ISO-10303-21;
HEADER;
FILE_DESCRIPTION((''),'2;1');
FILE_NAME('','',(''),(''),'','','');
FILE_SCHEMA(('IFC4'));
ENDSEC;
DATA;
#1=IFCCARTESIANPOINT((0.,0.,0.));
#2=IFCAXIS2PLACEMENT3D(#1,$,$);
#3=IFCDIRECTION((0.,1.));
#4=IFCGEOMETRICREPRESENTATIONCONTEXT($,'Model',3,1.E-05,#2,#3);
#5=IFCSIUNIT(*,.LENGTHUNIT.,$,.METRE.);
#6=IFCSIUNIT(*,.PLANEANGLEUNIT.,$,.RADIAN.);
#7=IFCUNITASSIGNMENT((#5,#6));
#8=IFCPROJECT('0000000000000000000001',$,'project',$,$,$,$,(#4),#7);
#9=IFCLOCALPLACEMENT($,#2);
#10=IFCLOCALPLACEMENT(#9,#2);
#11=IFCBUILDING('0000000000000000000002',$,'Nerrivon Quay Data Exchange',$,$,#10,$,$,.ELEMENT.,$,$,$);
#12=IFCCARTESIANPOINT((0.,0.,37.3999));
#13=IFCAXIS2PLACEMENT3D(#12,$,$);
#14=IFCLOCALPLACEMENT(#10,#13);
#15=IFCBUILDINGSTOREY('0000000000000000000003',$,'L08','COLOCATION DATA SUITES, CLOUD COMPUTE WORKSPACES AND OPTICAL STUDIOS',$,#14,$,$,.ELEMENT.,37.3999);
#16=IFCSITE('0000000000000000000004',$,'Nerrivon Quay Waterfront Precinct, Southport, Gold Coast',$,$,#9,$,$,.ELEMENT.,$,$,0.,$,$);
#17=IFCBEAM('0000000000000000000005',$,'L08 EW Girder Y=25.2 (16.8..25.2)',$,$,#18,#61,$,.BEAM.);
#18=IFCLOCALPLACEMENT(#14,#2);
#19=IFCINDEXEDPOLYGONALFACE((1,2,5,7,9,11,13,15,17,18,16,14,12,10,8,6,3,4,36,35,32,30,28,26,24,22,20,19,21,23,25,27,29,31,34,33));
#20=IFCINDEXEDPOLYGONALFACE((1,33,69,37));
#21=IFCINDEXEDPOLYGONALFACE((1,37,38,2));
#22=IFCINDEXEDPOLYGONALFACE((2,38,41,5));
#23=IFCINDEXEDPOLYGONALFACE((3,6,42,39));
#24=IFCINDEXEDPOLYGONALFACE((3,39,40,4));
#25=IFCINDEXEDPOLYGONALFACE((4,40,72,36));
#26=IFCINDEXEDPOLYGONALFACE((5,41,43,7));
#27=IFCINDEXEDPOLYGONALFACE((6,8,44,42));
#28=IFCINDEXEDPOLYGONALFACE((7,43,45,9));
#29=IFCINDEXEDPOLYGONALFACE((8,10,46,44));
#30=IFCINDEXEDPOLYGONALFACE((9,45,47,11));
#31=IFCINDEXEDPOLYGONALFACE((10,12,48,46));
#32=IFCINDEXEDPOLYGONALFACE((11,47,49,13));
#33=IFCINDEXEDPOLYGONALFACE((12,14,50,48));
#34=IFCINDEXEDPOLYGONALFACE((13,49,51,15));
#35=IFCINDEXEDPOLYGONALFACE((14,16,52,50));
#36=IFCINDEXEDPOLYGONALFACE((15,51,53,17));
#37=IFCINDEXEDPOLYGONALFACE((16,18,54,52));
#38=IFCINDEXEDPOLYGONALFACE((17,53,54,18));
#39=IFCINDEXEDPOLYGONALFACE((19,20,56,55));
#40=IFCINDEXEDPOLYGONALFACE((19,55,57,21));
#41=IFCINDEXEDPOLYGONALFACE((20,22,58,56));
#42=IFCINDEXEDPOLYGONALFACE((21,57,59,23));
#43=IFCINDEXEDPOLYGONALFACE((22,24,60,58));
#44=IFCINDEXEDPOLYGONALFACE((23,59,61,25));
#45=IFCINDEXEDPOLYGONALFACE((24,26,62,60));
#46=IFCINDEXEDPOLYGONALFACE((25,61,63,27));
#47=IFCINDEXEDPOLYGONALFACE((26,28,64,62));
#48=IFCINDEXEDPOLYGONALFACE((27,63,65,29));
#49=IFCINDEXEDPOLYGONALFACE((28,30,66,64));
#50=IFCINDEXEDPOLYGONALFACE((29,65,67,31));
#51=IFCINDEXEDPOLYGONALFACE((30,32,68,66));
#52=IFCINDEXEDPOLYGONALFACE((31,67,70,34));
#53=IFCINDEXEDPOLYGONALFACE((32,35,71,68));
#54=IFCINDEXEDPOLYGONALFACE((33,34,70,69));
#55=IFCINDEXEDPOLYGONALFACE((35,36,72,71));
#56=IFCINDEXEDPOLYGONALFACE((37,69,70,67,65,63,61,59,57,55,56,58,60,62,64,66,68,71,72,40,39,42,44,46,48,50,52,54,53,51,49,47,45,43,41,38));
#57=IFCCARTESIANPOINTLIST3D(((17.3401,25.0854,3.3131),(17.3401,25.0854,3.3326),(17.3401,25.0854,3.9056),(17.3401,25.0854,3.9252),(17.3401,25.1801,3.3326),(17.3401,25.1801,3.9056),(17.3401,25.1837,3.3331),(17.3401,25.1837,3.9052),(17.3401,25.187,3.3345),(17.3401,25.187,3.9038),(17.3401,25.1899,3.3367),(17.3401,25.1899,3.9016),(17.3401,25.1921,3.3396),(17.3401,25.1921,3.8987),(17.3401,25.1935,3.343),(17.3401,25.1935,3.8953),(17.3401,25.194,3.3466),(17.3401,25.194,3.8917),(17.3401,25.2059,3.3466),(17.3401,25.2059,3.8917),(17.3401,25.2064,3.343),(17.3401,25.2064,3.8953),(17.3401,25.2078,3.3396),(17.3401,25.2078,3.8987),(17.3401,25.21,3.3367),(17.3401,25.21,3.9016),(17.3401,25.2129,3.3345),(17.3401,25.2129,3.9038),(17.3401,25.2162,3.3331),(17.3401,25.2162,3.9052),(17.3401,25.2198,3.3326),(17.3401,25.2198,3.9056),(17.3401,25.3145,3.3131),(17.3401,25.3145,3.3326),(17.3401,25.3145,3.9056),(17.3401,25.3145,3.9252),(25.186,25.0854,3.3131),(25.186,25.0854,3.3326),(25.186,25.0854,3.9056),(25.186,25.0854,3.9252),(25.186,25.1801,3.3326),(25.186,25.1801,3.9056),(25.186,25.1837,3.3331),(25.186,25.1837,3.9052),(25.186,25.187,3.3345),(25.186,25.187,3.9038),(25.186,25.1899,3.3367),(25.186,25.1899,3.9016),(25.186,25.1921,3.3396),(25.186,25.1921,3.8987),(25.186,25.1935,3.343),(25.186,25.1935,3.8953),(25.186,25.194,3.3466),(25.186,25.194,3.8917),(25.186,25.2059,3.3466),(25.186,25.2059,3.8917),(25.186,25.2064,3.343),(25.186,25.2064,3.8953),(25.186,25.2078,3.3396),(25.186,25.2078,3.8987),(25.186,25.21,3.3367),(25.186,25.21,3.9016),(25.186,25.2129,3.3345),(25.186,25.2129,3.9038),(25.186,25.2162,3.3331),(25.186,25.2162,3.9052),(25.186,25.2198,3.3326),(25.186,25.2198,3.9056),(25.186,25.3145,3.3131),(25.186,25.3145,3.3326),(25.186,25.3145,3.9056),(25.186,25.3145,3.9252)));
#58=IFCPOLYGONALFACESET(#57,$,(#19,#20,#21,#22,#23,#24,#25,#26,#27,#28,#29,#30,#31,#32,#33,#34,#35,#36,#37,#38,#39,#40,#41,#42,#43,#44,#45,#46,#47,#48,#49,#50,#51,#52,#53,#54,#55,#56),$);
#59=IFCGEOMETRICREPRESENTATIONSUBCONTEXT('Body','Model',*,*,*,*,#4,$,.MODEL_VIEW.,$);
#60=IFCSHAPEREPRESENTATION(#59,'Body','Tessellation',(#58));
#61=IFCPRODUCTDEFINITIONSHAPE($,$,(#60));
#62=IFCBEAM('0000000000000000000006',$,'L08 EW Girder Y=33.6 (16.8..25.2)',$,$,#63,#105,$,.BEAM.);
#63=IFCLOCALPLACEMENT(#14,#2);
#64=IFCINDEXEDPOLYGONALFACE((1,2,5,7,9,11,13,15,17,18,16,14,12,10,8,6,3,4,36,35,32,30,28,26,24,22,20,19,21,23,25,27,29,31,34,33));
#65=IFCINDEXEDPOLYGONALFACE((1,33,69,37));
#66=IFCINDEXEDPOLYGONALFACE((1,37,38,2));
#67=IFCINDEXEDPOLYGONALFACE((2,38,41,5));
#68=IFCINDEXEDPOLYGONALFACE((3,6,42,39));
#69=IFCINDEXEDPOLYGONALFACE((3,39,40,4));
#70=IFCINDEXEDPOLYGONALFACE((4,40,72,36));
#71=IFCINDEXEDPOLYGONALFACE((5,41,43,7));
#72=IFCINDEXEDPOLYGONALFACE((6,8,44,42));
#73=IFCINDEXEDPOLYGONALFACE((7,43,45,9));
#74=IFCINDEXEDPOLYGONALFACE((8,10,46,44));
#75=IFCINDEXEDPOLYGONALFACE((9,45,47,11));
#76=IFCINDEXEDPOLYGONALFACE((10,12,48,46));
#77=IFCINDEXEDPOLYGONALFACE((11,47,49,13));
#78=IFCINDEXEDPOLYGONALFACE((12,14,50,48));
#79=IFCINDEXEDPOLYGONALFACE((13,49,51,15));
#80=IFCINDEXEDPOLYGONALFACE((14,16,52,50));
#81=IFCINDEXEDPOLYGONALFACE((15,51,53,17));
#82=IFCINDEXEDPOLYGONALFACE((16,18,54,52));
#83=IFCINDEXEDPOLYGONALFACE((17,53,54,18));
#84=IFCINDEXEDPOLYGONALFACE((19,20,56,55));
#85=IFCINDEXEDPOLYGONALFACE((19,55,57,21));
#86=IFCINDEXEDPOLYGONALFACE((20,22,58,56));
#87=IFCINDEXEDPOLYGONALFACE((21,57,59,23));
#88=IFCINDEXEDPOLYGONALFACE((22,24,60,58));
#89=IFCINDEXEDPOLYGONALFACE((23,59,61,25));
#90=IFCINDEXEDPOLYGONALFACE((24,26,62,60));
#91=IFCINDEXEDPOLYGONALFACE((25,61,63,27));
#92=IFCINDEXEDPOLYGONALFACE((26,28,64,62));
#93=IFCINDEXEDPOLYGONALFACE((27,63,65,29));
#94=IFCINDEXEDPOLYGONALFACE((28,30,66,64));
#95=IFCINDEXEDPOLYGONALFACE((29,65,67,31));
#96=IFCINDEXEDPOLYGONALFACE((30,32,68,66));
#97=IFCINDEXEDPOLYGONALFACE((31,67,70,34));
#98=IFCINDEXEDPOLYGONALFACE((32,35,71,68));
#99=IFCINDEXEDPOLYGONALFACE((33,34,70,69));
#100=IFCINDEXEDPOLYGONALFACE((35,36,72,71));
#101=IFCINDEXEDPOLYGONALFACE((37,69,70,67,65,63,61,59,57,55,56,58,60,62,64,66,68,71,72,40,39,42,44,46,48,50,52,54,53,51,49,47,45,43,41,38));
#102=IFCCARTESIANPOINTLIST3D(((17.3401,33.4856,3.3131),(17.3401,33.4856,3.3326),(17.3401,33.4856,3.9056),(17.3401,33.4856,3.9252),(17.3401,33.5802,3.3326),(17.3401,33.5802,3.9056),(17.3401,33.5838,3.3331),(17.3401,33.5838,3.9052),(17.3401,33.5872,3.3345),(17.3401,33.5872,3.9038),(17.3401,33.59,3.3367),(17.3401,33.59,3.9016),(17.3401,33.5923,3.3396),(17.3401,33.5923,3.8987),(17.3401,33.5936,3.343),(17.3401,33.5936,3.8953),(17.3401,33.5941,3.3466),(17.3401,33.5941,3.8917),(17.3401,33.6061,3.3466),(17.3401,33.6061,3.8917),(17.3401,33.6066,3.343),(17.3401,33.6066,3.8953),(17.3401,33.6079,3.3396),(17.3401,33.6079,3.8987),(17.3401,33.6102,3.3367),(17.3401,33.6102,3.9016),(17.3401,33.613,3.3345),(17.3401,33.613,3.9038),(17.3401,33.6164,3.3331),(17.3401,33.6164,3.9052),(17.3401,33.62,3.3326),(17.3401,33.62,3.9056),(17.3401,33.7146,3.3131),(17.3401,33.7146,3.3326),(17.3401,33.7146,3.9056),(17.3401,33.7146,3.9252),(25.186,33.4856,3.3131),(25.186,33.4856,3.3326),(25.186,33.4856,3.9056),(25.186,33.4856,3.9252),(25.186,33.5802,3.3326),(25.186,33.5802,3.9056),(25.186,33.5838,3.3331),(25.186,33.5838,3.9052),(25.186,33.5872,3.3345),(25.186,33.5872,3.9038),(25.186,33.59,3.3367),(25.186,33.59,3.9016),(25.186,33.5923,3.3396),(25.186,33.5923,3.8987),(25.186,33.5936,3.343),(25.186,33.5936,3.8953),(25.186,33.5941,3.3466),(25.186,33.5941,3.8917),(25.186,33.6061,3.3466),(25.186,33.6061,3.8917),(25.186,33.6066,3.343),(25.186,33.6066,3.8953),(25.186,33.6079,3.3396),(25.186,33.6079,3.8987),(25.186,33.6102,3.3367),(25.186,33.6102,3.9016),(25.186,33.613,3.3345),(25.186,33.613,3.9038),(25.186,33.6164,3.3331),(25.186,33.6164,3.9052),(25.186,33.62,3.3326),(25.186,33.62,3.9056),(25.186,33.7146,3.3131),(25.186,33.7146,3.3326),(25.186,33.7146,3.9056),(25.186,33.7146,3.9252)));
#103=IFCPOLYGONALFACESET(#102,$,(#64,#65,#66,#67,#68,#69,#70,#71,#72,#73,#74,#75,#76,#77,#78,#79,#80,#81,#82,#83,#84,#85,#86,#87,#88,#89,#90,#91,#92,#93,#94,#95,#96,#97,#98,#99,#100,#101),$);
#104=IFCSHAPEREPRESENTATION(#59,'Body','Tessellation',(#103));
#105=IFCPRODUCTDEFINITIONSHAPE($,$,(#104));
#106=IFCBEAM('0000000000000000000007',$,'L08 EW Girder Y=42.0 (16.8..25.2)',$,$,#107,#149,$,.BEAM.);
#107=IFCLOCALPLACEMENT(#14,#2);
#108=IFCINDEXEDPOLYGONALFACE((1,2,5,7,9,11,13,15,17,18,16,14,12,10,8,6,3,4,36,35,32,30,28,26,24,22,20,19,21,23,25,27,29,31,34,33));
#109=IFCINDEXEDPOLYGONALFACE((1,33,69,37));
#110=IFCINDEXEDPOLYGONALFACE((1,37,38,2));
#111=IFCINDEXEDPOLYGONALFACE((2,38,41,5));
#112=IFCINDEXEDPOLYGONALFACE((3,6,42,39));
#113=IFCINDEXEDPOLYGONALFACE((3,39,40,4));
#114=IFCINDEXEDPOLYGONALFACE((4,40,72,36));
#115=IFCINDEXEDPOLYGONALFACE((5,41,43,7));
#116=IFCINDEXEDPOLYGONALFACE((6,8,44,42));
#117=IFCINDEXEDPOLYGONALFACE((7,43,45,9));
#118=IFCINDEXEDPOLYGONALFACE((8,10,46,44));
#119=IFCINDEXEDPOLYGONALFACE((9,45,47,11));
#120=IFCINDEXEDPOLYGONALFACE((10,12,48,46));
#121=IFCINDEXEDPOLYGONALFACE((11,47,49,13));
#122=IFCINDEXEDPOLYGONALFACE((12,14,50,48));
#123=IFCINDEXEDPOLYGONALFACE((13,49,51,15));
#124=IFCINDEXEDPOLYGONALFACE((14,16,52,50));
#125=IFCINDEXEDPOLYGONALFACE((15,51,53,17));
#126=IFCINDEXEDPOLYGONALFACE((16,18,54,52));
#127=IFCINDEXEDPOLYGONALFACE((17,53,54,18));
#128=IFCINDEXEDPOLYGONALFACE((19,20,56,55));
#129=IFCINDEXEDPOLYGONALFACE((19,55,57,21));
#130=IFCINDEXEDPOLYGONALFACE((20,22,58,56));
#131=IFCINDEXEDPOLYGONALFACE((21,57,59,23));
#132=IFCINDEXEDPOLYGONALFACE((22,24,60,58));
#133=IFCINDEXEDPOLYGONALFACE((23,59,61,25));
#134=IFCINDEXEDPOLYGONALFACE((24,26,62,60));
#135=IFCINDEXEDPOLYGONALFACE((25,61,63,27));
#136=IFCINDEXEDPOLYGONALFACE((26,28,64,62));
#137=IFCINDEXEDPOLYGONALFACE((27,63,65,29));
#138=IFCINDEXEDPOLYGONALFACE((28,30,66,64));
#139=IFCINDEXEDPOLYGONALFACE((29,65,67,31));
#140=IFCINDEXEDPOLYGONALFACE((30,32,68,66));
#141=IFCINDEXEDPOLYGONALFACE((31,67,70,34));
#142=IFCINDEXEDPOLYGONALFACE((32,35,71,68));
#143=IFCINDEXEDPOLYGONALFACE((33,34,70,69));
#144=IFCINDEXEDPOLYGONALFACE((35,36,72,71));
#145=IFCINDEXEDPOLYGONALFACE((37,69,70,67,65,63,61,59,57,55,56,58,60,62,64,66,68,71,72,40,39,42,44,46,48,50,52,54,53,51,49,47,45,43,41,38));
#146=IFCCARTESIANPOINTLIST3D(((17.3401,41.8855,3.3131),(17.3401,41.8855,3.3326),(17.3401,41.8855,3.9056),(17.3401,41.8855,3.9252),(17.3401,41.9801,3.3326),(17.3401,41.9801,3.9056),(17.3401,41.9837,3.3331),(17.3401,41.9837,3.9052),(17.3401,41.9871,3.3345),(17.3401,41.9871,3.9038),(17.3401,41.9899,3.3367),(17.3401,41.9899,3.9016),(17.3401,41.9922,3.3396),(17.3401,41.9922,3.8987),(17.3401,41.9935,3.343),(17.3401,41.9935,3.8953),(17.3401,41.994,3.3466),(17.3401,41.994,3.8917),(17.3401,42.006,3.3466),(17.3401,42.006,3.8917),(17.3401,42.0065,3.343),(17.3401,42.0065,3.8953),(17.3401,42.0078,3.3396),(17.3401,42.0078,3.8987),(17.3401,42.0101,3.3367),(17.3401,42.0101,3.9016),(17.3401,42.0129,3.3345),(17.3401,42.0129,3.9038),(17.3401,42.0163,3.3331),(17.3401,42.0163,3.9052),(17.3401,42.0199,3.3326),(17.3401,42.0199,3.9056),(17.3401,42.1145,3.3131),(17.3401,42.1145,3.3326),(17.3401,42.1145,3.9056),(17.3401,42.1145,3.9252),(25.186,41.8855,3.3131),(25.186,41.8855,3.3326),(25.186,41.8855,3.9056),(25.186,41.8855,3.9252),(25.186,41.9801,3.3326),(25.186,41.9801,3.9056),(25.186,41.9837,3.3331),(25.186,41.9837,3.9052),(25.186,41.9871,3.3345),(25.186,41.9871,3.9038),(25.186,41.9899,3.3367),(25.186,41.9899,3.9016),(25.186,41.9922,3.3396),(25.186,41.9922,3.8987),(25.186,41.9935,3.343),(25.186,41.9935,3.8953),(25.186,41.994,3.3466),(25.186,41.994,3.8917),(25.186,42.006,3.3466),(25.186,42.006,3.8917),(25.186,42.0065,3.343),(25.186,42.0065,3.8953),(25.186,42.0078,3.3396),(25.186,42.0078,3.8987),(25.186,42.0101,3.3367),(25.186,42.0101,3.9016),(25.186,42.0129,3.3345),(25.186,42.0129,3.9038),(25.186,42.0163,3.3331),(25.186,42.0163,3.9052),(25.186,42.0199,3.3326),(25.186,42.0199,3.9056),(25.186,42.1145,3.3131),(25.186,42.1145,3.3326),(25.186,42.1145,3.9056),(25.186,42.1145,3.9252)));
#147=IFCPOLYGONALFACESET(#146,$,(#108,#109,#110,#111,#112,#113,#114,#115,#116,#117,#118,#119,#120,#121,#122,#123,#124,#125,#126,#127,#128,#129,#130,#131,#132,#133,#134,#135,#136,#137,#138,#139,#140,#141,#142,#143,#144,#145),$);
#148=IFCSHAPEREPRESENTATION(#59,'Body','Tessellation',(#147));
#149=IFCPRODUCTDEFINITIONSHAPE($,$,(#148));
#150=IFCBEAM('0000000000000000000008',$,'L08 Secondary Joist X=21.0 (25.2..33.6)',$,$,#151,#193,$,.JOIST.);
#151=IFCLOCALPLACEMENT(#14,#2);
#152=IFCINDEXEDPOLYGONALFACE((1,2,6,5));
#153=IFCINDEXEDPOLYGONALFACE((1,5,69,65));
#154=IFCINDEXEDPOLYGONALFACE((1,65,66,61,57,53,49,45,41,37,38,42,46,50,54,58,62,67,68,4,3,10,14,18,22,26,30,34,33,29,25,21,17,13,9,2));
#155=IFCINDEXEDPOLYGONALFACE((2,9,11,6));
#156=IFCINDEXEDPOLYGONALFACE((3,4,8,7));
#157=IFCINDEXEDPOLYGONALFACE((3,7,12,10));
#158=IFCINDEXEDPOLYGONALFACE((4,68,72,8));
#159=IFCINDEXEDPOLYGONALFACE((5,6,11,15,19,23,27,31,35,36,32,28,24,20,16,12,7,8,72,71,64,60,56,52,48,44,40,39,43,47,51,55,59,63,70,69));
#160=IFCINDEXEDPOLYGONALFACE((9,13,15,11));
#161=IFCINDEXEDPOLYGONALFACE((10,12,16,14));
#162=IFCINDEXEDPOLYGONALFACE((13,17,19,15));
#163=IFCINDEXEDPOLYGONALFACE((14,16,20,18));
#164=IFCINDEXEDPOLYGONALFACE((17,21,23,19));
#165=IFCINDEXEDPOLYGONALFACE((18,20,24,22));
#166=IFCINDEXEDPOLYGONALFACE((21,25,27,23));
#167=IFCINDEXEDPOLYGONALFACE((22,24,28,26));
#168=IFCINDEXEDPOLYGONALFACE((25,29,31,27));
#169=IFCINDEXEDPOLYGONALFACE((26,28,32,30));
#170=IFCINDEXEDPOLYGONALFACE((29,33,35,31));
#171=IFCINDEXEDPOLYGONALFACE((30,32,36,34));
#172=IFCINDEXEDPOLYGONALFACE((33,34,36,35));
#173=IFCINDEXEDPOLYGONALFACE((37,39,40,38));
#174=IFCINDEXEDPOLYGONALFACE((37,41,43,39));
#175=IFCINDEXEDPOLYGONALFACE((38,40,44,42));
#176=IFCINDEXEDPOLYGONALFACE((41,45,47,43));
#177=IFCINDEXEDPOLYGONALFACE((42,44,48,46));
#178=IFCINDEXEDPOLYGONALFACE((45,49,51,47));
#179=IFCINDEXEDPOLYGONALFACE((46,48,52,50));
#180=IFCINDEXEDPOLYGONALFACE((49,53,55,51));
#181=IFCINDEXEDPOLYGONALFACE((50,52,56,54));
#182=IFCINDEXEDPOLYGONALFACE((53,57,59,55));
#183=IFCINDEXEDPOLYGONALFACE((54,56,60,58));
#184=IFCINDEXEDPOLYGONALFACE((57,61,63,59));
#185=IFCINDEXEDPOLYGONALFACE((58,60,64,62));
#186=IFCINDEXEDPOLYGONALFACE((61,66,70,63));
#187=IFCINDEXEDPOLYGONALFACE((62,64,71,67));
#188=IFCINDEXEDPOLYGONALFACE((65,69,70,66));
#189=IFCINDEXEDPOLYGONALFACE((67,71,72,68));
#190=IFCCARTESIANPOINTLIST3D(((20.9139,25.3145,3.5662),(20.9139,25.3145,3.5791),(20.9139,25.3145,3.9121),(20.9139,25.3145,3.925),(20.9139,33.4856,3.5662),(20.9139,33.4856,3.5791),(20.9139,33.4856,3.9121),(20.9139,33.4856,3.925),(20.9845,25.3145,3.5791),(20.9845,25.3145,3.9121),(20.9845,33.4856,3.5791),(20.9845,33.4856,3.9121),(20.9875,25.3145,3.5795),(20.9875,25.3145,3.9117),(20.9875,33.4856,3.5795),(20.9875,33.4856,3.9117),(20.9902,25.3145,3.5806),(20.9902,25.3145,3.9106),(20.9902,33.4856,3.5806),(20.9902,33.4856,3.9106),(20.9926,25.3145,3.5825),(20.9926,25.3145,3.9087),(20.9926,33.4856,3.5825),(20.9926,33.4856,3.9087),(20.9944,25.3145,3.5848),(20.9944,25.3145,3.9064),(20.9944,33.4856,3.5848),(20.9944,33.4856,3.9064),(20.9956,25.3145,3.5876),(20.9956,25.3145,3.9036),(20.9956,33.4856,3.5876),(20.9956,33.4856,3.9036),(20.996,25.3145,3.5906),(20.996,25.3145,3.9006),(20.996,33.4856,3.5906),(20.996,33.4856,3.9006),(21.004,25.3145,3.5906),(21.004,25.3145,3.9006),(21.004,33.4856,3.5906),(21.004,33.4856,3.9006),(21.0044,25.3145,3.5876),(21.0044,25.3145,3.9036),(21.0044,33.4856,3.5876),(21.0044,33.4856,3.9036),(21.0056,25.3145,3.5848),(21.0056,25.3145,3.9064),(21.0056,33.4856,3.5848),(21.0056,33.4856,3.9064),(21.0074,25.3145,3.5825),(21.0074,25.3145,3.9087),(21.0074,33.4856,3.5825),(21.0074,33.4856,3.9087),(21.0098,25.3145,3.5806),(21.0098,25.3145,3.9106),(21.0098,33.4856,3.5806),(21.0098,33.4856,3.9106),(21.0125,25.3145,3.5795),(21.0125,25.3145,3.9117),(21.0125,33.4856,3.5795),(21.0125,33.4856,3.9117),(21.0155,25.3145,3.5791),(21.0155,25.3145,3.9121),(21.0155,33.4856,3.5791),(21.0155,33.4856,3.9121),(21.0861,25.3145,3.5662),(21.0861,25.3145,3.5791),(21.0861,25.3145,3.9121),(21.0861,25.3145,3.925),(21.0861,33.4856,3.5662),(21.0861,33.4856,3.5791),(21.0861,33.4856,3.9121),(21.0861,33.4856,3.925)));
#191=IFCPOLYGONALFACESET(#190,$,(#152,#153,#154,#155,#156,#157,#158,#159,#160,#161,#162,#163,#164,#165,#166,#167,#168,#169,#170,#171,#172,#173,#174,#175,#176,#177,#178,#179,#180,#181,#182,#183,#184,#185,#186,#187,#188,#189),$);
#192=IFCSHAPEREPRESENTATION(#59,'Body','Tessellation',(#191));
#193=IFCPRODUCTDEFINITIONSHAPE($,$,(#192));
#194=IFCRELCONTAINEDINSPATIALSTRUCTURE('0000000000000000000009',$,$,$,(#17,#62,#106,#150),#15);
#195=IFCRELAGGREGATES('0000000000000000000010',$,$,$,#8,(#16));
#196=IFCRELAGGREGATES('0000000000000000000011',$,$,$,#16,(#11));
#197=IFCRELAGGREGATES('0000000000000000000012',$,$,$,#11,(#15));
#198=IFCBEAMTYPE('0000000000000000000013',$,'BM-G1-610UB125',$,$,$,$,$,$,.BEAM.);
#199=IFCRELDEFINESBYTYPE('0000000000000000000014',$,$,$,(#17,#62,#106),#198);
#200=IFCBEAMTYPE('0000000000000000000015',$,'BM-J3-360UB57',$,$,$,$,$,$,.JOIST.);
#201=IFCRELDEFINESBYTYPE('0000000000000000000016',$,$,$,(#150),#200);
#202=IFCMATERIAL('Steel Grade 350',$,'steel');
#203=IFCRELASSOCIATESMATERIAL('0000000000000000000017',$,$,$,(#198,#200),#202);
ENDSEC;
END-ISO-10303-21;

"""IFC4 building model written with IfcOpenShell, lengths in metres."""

from ifc_helpers import new_model, si_unit, direction, frame, origin, origin_2d, place, context, subcontext, project, spatial, i_section, extrude, material, material_profile, profile_set, type_object, element, save


model = new_model("IFC4")

# Units and contexts
model_context = context("Model", 3, precision=1e-05, world=origin(), true_north=direction((0.0, 1.0)))
body_context = subcontext(model_context, "Body", "Model", "MODEL_VIEW")
ifc_project = project(units=[si_unit("LENGTHUNIT", "METRE"), si_unit("PLANEANGLEUNIT", "RADIAN")], contexts=[model_context])

# Site, building, storey
site_placement = place(None, origin())
site = spatial("IfcSite", under=ifc_project, at=site_placement, Name="Nerrivon Quay Waterfront Precinct, Southport, Gold Coast", CompositionType="ELEMENT", RefElevation=0.0)
building_placement = place(site_placement, origin())
building = spatial("IfcBuilding", under=site, at=building_placement, Name="Nerrivon Quay Data Exchange", CompositionType="ELEMENT")
storey_placement = place(building_placement, frame((0.0, 0.0, 37.3999)))
storey = spatial("IfcBuildingStorey", under=building, at=storey_placement, Name="L08", Description="COLOCATION DATA SUITES, CLOUD COMPUTE WORKSPACES AND OPTICAL STUDIOS", CompositionType="ELEMENT", Elevation=37.3999)

# Beams
ifc_material_1 = material(Name="Steel Grade 350", Category="steel")
ifc_material_profile_1 = material_profile(ifc_material_1, i_section(OverallWidth=0.229, OverallDepth=0.6121, WebThickness=0.012, FlangeThickness=0.0195, FilletRadius=0.0139, at=origin_2d()), Name="610UB125")
ifc_profile_set_1 = profile_set([ifc_material_profile_1], Name="Steel Grade 350")
beam_type_1 = type_object("IfcBeamType", Name="BM-G1-610UB125", PredefinedType="BEAM", material=ifc_profile_set_1)
for number, where, z_axis, x_axis, name in (
    (1, (17.3401, 25.2, 3.6191), (1.0, 0.0, 0.0), (0.0, 1.0, 0.0), "L08 EW Girder Y=25.2 (16.8..25.2)"),
    (2, (17.3401, 33.6001, 3.6191), (1.0, 0.0, 0.0), (0.0, 1.0, 0.0), "L08 EW Girder Y=33.6 (16.8..25.2)"),
    (3, (17.3401, 42.0, 3.6191), (1.0, 0.0, 0.0), (0.0, 1.0, 0.0), "L08 EW Girder Y=42.0 (16.8..25.2)"),
):
    element("IfcBeam", number, at=place(storey_placement, frame(where, z_axis=z_axis, x_axis=x_axis)), inside=storey, type_object=beam_type_1, Name=name, PredefinedType="BEAM", context=body_context, shape_type="SweptSolid", body=[
        extrude(i_section(OverallWidth=0.229, OverallDepth=0.6121, WebThickness=0.012, FlangeThickness=0.0195, FilletRadius=0.0139, at=origin_2d()), origin(), (0.0, 0.0, 1.0), 7.8459),
    ])
ifc_material_profile_2 = material_profile(ifc_material_1, i_section(OverallWidth=0.1721, OverallDepth=0.3589, WebThickness=0.0081, FlangeThickness=0.0129, FilletRadius=0.0115, at=origin_2d()), Name="360UB56.7")
ifc_profile_set_2 = profile_set([ifc_material_profile_2], Name="Steel Grade 350")
beam_type_2 = type_object("IfcBeamType", Name="BM-J3-360UB57", PredefinedType="JOIST", material=ifc_profile_set_2)
beam_1_placement = place(storey_placement, frame((21.0, 25.3145, 3.7456), z_axis=(0.0, 1.0, 0.0), x_axis=(-1.0, 0.0, 0.0)))
element("IfcBeam", 4, at=beam_1_placement, inside=storey, type_object=beam_type_2, Name="L08 Secondary Joist X=21.0 (25.2..33.6)", PredefinedType="JOIST", context=body_context, shape_type="SweptSolid", body=[
    extrude(i_section(OverallWidth=0.1721, OverallDepth=0.3589, WebThickness=0.0081, FlangeThickness=0.0129, FilletRadius=0.0115, at=origin_2d()), origin(), (0.0, 0.0, 1.0), 8.1711),
])

save(model, "model.ifc")
